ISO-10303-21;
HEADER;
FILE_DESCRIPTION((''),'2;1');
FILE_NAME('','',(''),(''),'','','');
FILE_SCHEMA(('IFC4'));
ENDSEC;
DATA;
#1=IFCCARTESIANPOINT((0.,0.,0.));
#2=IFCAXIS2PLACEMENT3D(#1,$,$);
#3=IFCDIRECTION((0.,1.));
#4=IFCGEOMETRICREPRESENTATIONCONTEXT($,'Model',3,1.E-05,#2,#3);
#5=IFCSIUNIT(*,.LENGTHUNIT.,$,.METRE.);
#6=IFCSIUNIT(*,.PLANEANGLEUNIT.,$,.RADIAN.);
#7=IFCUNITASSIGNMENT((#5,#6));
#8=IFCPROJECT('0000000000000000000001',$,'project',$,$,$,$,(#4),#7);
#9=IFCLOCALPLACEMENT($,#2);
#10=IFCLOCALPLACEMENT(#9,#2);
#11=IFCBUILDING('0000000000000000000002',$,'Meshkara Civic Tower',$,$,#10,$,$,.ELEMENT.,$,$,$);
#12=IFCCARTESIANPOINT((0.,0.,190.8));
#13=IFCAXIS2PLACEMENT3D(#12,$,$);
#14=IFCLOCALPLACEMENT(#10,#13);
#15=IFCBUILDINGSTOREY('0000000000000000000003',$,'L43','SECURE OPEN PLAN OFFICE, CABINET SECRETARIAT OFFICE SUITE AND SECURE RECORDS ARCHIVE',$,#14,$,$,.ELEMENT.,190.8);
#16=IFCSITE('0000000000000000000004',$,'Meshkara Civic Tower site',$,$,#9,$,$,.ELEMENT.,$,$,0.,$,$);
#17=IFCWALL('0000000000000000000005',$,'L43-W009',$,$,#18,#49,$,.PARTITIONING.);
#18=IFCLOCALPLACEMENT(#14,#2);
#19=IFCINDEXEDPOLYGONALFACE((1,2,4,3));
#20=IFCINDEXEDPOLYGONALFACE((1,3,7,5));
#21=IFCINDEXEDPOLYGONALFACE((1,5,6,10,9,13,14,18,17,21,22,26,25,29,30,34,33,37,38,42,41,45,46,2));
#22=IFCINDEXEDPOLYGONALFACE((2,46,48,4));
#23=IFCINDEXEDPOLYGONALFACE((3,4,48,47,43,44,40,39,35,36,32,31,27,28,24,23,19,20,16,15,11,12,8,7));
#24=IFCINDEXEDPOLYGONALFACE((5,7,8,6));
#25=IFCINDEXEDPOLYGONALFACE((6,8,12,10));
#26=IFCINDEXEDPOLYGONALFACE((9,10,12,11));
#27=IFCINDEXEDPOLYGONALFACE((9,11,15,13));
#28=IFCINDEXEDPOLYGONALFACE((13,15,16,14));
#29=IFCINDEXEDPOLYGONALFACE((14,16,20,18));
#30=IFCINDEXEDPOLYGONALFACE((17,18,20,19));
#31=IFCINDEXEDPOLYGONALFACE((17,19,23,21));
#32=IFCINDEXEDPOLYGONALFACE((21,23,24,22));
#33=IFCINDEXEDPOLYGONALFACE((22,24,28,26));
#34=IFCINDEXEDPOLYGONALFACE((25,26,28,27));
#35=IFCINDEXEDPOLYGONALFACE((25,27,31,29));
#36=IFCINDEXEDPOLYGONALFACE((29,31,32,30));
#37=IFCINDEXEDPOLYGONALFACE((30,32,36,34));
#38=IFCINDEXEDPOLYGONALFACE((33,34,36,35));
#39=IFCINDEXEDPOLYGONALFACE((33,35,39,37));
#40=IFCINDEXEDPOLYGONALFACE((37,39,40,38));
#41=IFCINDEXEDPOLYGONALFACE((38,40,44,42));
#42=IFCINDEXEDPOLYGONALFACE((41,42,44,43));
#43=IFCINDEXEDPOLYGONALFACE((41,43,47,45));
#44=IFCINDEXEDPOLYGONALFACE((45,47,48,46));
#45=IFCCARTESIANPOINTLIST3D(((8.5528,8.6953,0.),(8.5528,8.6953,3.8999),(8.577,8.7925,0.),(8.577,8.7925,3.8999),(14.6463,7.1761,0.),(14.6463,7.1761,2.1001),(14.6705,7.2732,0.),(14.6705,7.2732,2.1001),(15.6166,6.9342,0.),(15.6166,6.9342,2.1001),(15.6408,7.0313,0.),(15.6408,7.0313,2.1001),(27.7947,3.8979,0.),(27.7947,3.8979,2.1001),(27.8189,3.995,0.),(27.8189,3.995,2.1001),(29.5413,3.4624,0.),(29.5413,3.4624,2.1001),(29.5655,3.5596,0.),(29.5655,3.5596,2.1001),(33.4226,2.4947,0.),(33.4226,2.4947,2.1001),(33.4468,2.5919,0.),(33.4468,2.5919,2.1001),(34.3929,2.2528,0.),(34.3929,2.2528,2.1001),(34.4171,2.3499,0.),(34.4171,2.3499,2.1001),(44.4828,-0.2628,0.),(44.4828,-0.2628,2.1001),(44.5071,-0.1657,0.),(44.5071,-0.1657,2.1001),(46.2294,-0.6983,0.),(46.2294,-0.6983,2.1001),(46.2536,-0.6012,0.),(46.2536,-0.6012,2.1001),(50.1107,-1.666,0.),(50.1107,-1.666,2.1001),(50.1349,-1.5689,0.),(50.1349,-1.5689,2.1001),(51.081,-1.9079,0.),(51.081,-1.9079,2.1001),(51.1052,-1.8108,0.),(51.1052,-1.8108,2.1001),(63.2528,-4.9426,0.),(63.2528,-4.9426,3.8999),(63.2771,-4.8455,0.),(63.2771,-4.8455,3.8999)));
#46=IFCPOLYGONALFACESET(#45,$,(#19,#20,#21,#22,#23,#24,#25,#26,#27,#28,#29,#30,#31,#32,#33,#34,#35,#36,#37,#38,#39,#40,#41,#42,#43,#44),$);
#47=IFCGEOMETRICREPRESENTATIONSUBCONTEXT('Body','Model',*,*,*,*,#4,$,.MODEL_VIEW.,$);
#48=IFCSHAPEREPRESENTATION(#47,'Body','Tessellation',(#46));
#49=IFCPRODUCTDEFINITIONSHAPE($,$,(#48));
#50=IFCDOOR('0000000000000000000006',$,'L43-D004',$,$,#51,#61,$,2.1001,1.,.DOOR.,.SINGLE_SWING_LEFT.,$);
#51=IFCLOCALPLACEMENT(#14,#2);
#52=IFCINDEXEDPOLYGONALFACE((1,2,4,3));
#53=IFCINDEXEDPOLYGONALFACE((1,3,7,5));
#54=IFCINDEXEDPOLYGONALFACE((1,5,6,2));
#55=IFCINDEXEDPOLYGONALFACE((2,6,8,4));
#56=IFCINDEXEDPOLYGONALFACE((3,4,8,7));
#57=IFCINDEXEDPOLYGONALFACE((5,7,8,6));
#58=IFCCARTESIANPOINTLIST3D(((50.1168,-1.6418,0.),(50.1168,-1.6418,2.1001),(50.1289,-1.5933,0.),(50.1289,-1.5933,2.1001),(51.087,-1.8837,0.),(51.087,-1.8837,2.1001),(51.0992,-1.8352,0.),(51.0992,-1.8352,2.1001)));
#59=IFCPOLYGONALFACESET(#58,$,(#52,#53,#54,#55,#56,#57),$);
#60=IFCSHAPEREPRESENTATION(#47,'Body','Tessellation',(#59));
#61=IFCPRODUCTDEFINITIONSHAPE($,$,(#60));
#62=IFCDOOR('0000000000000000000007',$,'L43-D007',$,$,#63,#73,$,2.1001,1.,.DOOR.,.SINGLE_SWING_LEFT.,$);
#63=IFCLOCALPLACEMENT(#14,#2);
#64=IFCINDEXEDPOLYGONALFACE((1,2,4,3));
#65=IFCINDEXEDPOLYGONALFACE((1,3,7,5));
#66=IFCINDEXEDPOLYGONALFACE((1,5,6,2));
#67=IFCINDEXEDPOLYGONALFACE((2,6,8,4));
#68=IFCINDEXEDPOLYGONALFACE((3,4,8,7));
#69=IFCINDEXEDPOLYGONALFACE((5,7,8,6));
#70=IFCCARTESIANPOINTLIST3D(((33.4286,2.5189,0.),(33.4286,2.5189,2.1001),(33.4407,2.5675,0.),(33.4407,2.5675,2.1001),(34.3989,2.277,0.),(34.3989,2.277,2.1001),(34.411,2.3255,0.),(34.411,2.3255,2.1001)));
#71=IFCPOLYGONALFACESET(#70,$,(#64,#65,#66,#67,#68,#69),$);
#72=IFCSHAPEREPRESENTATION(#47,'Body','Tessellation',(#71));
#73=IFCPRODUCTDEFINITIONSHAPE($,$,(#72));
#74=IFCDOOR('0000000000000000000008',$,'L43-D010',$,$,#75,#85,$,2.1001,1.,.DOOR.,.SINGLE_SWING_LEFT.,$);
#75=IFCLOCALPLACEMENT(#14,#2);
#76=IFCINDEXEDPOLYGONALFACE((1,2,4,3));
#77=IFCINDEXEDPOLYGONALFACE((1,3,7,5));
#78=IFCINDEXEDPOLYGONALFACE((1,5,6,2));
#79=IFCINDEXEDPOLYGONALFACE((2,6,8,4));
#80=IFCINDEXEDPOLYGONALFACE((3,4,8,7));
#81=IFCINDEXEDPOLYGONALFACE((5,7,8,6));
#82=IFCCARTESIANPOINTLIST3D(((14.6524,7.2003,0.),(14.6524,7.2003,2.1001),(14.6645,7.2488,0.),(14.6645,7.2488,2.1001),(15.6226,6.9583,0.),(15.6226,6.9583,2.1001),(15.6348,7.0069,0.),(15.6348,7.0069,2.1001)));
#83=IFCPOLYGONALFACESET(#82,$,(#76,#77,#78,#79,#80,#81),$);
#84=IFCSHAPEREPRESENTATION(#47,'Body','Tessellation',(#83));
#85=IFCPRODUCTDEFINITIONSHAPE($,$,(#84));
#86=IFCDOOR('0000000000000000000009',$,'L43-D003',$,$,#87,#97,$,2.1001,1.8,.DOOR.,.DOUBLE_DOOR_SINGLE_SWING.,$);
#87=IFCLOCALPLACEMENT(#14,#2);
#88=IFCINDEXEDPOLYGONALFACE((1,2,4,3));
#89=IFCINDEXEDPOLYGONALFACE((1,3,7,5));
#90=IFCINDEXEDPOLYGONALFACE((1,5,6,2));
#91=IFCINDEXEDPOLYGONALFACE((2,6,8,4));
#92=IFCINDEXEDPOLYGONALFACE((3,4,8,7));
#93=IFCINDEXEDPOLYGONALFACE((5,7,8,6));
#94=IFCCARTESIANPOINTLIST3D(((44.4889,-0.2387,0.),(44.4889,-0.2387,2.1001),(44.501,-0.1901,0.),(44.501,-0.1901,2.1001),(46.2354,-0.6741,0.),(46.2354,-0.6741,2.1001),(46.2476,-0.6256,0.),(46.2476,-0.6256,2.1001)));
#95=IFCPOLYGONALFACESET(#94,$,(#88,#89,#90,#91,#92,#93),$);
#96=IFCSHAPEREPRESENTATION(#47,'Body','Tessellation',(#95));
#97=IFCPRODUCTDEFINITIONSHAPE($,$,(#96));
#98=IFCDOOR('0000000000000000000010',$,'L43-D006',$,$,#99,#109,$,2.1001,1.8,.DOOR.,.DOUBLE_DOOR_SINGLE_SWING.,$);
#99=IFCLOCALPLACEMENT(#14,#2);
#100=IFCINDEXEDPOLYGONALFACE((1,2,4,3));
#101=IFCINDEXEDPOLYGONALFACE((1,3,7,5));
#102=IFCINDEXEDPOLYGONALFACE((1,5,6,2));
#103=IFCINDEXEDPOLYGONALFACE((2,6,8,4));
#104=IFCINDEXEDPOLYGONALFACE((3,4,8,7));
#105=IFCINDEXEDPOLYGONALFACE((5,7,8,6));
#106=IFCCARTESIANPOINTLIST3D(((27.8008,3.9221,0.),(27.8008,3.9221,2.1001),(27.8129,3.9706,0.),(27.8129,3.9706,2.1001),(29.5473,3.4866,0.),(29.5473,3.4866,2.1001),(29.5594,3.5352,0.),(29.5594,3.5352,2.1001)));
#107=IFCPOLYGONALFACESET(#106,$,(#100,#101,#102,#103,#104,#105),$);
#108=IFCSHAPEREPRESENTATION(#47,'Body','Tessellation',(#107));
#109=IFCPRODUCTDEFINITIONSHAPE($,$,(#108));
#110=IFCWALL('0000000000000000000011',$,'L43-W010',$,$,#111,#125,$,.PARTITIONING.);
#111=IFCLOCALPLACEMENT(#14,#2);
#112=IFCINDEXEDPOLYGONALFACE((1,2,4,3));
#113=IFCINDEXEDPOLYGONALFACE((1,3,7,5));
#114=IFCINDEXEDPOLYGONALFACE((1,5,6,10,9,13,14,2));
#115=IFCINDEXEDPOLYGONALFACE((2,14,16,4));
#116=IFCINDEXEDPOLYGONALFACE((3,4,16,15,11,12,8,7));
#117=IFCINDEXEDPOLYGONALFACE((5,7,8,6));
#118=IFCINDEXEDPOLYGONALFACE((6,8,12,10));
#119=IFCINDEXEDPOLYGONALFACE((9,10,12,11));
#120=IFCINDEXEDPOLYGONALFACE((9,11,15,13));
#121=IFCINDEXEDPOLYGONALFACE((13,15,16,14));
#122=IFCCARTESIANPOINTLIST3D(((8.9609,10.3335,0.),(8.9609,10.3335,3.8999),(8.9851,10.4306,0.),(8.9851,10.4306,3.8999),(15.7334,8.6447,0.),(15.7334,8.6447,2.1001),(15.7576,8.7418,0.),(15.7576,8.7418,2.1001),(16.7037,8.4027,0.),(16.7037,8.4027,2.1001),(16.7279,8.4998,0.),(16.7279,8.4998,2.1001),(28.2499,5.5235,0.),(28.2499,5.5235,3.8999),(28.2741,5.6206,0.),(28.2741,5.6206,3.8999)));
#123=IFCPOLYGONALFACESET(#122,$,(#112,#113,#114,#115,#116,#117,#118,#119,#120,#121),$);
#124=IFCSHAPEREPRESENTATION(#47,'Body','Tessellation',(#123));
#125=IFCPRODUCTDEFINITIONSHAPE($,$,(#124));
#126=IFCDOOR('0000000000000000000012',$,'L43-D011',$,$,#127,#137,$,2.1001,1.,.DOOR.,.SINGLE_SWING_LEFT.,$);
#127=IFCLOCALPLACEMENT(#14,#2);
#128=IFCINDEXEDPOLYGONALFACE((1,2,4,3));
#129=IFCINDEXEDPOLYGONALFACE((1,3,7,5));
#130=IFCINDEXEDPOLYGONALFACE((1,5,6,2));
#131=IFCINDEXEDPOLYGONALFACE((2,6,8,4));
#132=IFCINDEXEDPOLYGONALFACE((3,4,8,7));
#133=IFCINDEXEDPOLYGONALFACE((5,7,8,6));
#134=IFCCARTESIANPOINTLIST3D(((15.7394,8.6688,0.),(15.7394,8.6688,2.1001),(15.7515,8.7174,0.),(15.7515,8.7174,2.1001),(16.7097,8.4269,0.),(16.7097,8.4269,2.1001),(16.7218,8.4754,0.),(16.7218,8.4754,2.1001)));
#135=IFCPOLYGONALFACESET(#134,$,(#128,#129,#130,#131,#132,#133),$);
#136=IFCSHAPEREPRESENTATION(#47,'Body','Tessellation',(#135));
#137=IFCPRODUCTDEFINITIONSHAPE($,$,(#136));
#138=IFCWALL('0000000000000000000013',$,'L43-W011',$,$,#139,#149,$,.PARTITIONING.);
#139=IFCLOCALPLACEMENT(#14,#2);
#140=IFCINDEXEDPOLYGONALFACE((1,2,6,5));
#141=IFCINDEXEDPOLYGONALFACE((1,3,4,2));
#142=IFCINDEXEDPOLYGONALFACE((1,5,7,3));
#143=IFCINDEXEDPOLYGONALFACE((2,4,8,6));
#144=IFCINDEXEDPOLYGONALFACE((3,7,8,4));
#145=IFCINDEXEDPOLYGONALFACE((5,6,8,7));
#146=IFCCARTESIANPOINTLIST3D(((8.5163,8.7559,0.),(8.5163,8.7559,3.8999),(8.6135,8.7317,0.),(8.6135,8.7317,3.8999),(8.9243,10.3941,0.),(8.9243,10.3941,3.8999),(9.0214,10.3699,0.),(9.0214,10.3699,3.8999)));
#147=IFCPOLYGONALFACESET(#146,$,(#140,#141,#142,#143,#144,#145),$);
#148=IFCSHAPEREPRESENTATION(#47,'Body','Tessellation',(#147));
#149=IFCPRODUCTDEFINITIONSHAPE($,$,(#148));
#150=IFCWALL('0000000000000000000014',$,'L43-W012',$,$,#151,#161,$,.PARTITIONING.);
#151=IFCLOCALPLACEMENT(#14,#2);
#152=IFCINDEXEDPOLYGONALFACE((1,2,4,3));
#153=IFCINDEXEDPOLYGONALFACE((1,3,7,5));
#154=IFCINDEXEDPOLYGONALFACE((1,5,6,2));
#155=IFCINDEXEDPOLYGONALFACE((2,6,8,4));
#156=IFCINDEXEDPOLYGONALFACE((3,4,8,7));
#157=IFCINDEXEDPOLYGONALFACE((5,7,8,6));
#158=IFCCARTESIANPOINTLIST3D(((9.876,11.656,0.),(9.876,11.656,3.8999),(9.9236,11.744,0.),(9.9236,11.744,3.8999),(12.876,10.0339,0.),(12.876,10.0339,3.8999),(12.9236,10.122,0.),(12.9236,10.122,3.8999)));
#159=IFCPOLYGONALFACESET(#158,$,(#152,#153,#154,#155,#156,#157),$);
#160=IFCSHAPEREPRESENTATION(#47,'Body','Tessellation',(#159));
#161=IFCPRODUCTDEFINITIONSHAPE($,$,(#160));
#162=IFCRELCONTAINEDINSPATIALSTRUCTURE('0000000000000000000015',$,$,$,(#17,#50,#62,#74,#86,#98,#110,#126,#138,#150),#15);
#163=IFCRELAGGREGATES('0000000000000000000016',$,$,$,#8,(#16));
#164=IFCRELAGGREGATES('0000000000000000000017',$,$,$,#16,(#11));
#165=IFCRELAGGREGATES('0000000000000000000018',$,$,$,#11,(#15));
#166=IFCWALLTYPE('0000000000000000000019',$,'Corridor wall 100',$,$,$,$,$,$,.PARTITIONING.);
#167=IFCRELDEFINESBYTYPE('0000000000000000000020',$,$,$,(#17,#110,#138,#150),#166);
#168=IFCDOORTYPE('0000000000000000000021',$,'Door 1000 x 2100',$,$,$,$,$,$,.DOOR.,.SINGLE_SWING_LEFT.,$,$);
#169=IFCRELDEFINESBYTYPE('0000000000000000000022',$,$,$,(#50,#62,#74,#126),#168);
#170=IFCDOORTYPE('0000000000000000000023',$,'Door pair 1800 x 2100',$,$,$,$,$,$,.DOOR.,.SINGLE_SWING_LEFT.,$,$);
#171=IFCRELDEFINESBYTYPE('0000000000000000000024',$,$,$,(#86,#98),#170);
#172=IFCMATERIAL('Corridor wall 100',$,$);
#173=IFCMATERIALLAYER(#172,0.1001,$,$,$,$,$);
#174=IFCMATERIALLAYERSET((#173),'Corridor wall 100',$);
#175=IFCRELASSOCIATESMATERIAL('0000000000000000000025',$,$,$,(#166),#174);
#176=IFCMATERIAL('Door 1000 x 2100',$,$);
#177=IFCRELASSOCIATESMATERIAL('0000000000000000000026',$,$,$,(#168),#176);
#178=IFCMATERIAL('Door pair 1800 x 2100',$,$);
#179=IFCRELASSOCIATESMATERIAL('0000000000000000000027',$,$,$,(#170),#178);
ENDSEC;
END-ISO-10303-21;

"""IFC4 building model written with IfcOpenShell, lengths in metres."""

from ifc_helpers import new_model, si_unit, direction, frame, frame_2d, origin, place, context, subcontext, project, spatial, rectangle, extrude, material, layer, layer_set, type_object, element, fill, save


model = new_model("IFC4")

# Units and contexts
model_context = context("Model", 3, precision=1e-05, world=origin(), true_north=direction((0.0, 1.0)))
body_context = subcontext(model_context, "Body", "Model", "MODEL_VIEW")
ifc_project = project(units=[si_unit("LENGTHUNIT", "METRE"), si_unit("PLANEANGLEUNIT", "RADIAN")], contexts=[model_context])

# Site, building, storey
site_placement = place(None, origin())
site = spatial("IfcSite", under=ifc_project, at=site_placement, Name="Meshkara Civic Tower site", CompositionType="ELEMENT", RefElevation=0.0)
building_placement = place(site_placement, origin())
building = spatial("IfcBuilding", under=site, at=building_placement, Name="Meshkara Civic Tower", CompositionType="ELEMENT")
storey_placement = place(building_placement, frame((0.0, 0.0, 190.8)))
storey = spatial("IfcBuildingStorey", under=building, at=storey_placement, Name="L43", Description="SECURE OPEN PLAN OFFICE, CABINET SECRETARIAT OFFICE SUITE AND SECURE RECORDS ARCHIVE", CompositionType="ELEMENT", Elevation=190.8)

# Wall, openings, doors
ifc_material_1 = material(Name="Corridor wall 100")
ifc_layer_1 = layer(ifc_material_1, 0.1001)
ifc_layer_set_1 = layer_set([ifc_layer_1], Name="Corridor wall 100")
wall_type_1 = type_object("IfcWallType", Name="Corridor wall 100", PredefinedType="PARTITIONING", material=ifc_layer_set_1)
wall_1_placement = place(storey_placement, frame((8.5649, 8.7439, 0.0), z_axis=(0.0, 0.0, 1.0), x_axis=(0.970297, -0.241917, 0.0)))
wall_1 = element("IfcWall", 1, at=wall_1_placement, inside=storey, type_object=wall_type_1, Name="L43-W009", PredefinedType="PARTITIONING", context=body_context, shape_type="SweptSolid", body=[
    extrude(rectangle(XDim=56.3745, YDim=0.1001, at=frame_2d((28.1873, 0.0))), origin(), (0.0, 0.0, 1.0), 3.8999),
])
opening_1_placement = place(wall_1_placement, frame((37.03, 0.0, 0.0)))
opening_1 = element("IfcOpeningElement", 2, at=opening_1_placement, cuts=wall_1, PredefinedType="OPENING", context=body_context, shape_type="SweptSolid", body=[
    extrude(rectangle(XDim=1.8, YDim=2.1001, at=frame_2d((0.8999, 1.05))), frame((0.0, 0.0601, 0.0), z_axis=(0.0, -1.0, 0.0), x_axis=(1.0, 0.0, 0.0)), (0.0, 0.0, 1.0), 0.1201),
])
opening_2_placement = place(wall_1_placement, frame((42.8301, 0.0, 0.0)))
opening_2 = element("IfcOpeningElement", 3, at=opening_2_placement, cuts=wall_1, PredefinedType="OPENING", context=body_context, shape_type="SweptSolid", body=[
    extrude(rectangle(XDim=1.0, YDim=2.1001, at=frame_2d((0.5, 1.05))), frame((0.0, 0.0601, 0.0), z_axis=(0.0, -1.0, 0.0), x_axis=(1.0, 0.0, 0.0)), (0.0, 0.0, 1.0), 0.1201),
])
opening_3_placement = place(wall_1_placement, frame((19.8311, 0.0, 0.0)))
opening_3 = element("IfcOpeningElement", 4, at=opening_3_placement, cuts=wall_1, PredefinedType="OPENING", context=body_context, shape_type="SweptSolid", body=[
    extrude(rectangle(XDim=1.8, YDim=2.1001, at=frame_2d((0.8999, 1.05))), frame((0.0, 0.0601, 0.0), z_axis=(0.0, -1.0, 0.0), x_axis=(1.0, 0.0, 0.0)), (0.0, 0.0, 1.0), 0.1201),
])
opening_4_placement = place(wall_1_placement, frame((25.6311, 0.0, 0.0)))
opening_4 = element("IfcOpeningElement", 5, at=opening_4_placement, cuts=wall_1, PredefinedType="OPENING", context=body_context, shape_type="SweptSolid", body=[
    extrude(rectangle(XDim=1.0, YDim=2.1001, at=frame_2d((0.5, 1.05))), frame((0.0, 0.0601, 0.0), z_axis=(0.0, -1.0, 0.0), x_axis=(1.0, 0.0, 0.0)), (0.0, 0.0, 1.0), 0.1201),
])
opening_5_placement = place(wall_1_placement, frame((6.28, 0.0, 0.0)))
opening_5 = element("IfcOpeningElement", 6, at=opening_5_placement, cuts=wall_1, PredefinedType="OPENING", context=body_context, shape_type="SweptSolid", body=[
    extrude(rectangle(XDim=1.0, YDim=2.1001, at=frame_2d((0.5, 1.05))), frame((0.0, 0.0601, 0.0), z_axis=(0.0, -1.0, 0.0), x_axis=(1.0, 0.0, 0.0)), (0.0, 0.0, 1.0), 0.1201),
])
ifc_material_2 = material(Name="Door 1000 x 2100")
door_type_1 = type_object("IfcDoorType", Name="Door 1000 x 2100", OperationType="SINGLE_SWING_LEFT", PredefinedType="DOOR", material=ifc_material_2)
door_1_placement = place(opening_2_placement, origin())
door_1 = element("IfcDoor", 7, at=door_1_placement, inside=storey, type_object=door_type_1, Name="L43-D004", OperationType="SINGLE_SWING_LEFT", OverallHeight=2.1001, OverallWidth=1.0, PredefinedType="DOOR", context=body_context, shape_type="SweptSolid", body=[
    extrude(rectangle(XDim=1.0, YDim=2.1001, at=frame_2d((0.5, 1.05))), frame((0.0, 0.0249, 0.0), z_axis=(0.0, -1.0, 0.0), x_axis=(1.0, 0.0, 0.0)), (0.0, 0.0, 1.0), 0.05),
])
fill(opening_2, door_1)
door_2_placement = place(opening_4_placement, origin())
door_2 = element("IfcDoor", 8, at=door_2_placement, inside=storey, type_object=door_type_1, Name="L43-D007", OperationType="SINGLE_SWING_LEFT", OverallHeight=2.1001, OverallWidth=1.0, PredefinedType="DOOR", context=body_context, shape_type="SweptSolid", body=[
    extrude(rectangle(XDim=1.0, YDim=2.1001, at=frame_2d((0.5, 1.05))), frame((0.0, 0.0249, 0.0), z_axis=(0.0, -1.0, 0.0), x_axis=(1.0, 0.0, 0.0)), (0.0, 0.0, 1.0), 0.05),
])
fill(opening_4, door_2)
door_3_placement = place(opening_5_placement, origin())
door_3 = element("IfcDoor", 9, at=door_3_placement, inside=storey, type_object=door_type_1, Name="L43-D010", OperationType="SINGLE_SWING_LEFT", OverallHeight=2.1001, OverallWidth=1.0, PredefinedType="DOOR", context=body_context, shape_type="SweptSolid", body=[
    extrude(rectangle(XDim=1.0, YDim=2.1001, at=frame_2d((0.5, 1.05))), frame((0.0, 0.0249, 0.0), z_axis=(0.0, -1.0, 0.0), x_axis=(1.0, 0.0, 0.0)), (0.0, 0.0, 1.0), 0.05),
])
fill(opening_5, door_3)
ifc_material_3 = material(Name="Door pair 1800 x 2100")
door_type_2 = type_object("IfcDoorType", Name="Door pair 1800 x 2100", OperationType="SINGLE_SWING_LEFT", PredefinedType="DOOR", material=ifc_material_3)
door_4_placement = place(opening_1_placement, origin())
door_4 = element("IfcDoor", 10, at=door_4_placement, inside=storey, type_object=door_type_2, Name="L43-D003", OperationType="DOUBLE_DOOR_SINGLE_SWING", OverallHeight=2.1001, OverallWidth=1.8, PredefinedType="DOOR", context=body_context, shape_type="SweptSolid", body=[
    extrude(rectangle(XDim=1.8, YDim=2.1001, at=frame_2d((0.8999, 1.05))), frame((0.0, 0.0249, 0.0), z_axis=(0.0, -1.0, 0.0), x_axis=(1.0, 0.0, 0.0)), (0.0, 0.0, 1.0), 0.05),
])
fill(opening_1, door_4)
door_5_placement = place(opening_3_placement, origin())
door_5 = element("IfcDoor", 11, at=door_5_placement, inside=storey, type_object=door_type_2, Name="L43-D006", OperationType="DOUBLE_DOOR_SINGLE_SWING", OverallHeight=2.1001, OverallWidth=1.8, PredefinedType="DOOR", context=body_context, shape_type="SweptSolid", body=[
    extrude(rectangle(XDim=1.8, YDim=2.1001, at=frame_2d((0.8999, 1.05))), frame((0.0, 0.0249, 0.0), z_axis=(0.0, -1.0, 0.0), x_axis=(1.0, 0.0, 0.0)), (0.0, 0.0, 1.0), 0.05),
])
fill(opening_3, door_5)

# Wall, opening, door
wall_2_placement = place(storey_placement, frame((8.9729, 10.3821, 0.0), z_axis=(0.0, 0.0, 1.0), x_axis=(0.970287, -0.241958, 0.0)))
wall_2 = element("IfcWall", 12, at=wall_2_placement, inside=storey, type_object=wall_type_1, Name="L43-W010", PredefinedType="PARTITIONING", context=body_context, shape_type="SweptSolid", body=[
    extrude(rectangle(XDim=19.8796, YDim=0.1001, at=frame_2d((9.9399, 0.0))), origin(), (0.0, 0.0, 1.0), 3.8999),
])
opening_6_placement = place(wall_2_placement, frame((6.98, 0.0, 0.0)))
opening_6 = element("IfcOpeningElement", 13, at=opening_6_placement, cuts=wall_2, PredefinedType="OPENING", context=body_context, shape_type="SweptSolid", body=[
    extrude(rectangle(XDim=1.0, YDim=2.1001, at=frame_2d((0.5, 1.05))), frame((0.0, 0.0601, 0.0), z_axis=(0.0, -1.0, 0.0), x_axis=(1.0, 0.0, 0.0)), (0.0, 0.0, 1.0), 0.1201),
])
door_6_placement = place(opening_6_placement, origin())
door_6 = element("IfcDoor", 14, at=door_6_placement, inside=storey, type_object=door_type_1, Name="L43-D011", OperationType="SINGLE_SWING_LEFT", OverallHeight=2.1001, OverallWidth=1.0, PredefinedType="DOOR", context=body_context, shape_type="SweptSolid", body=[
    extrude(rectangle(XDim=1.0, YDim=2.1001, at=frame_2d((0.5, 1.05))), frame((0.0, 0.0249, 0.0), z_axis=(0.0, -1.0, 0.0), x_axis=(1.0, 0.0, 0.0)), (0.0, 0.0, 1.0), 0.05),
])
fill(opening_6, door_6)

# Walls
wall_3_placement = place(storey_placement, frame((8.9729, 10.3821, 0.0), z_axis=(0.0, 0.0, 1.0), x_axis=(-0.241651, -0.970363, 0.0)))
element("IfcWall", 15, at=wall_3_placement, inside=storey, type_object=wall_type_1, Name="L43-W011", PredefinedType="PARTITIONING", context=body_context, shape_type="SweptSolid", body=[
    extrude(rectangle(XDim=1.6882, YDim=0.1001, at=frame_2d((0.8442, 0.0))), origin(), (0.0, 0.0, 1.0), 3.8999),
])
wall_4_placement = place(storey_placement, frame((9.8999, 11.7, 0.0), z_axis=(0.0, 0.0, 1.0), x_axis=(0.879651, -0.475619, 0.0)))
element("IfcWall", 16, at=wall_4_placement, inside=storey, type_object=wall_type_1, Name="L43-W012", PredefinedType="PARTITIONING", context=body_context, shape_type="SweptSolid", body=[
    extrude(rectangle(XDim=3.4104, YDim=0.1001, at=frame_2d((1.7051, 0.0))), origin(), (0.0, 0.0, 1.0), 3.8999),
])

save(model, "model.ifc")
